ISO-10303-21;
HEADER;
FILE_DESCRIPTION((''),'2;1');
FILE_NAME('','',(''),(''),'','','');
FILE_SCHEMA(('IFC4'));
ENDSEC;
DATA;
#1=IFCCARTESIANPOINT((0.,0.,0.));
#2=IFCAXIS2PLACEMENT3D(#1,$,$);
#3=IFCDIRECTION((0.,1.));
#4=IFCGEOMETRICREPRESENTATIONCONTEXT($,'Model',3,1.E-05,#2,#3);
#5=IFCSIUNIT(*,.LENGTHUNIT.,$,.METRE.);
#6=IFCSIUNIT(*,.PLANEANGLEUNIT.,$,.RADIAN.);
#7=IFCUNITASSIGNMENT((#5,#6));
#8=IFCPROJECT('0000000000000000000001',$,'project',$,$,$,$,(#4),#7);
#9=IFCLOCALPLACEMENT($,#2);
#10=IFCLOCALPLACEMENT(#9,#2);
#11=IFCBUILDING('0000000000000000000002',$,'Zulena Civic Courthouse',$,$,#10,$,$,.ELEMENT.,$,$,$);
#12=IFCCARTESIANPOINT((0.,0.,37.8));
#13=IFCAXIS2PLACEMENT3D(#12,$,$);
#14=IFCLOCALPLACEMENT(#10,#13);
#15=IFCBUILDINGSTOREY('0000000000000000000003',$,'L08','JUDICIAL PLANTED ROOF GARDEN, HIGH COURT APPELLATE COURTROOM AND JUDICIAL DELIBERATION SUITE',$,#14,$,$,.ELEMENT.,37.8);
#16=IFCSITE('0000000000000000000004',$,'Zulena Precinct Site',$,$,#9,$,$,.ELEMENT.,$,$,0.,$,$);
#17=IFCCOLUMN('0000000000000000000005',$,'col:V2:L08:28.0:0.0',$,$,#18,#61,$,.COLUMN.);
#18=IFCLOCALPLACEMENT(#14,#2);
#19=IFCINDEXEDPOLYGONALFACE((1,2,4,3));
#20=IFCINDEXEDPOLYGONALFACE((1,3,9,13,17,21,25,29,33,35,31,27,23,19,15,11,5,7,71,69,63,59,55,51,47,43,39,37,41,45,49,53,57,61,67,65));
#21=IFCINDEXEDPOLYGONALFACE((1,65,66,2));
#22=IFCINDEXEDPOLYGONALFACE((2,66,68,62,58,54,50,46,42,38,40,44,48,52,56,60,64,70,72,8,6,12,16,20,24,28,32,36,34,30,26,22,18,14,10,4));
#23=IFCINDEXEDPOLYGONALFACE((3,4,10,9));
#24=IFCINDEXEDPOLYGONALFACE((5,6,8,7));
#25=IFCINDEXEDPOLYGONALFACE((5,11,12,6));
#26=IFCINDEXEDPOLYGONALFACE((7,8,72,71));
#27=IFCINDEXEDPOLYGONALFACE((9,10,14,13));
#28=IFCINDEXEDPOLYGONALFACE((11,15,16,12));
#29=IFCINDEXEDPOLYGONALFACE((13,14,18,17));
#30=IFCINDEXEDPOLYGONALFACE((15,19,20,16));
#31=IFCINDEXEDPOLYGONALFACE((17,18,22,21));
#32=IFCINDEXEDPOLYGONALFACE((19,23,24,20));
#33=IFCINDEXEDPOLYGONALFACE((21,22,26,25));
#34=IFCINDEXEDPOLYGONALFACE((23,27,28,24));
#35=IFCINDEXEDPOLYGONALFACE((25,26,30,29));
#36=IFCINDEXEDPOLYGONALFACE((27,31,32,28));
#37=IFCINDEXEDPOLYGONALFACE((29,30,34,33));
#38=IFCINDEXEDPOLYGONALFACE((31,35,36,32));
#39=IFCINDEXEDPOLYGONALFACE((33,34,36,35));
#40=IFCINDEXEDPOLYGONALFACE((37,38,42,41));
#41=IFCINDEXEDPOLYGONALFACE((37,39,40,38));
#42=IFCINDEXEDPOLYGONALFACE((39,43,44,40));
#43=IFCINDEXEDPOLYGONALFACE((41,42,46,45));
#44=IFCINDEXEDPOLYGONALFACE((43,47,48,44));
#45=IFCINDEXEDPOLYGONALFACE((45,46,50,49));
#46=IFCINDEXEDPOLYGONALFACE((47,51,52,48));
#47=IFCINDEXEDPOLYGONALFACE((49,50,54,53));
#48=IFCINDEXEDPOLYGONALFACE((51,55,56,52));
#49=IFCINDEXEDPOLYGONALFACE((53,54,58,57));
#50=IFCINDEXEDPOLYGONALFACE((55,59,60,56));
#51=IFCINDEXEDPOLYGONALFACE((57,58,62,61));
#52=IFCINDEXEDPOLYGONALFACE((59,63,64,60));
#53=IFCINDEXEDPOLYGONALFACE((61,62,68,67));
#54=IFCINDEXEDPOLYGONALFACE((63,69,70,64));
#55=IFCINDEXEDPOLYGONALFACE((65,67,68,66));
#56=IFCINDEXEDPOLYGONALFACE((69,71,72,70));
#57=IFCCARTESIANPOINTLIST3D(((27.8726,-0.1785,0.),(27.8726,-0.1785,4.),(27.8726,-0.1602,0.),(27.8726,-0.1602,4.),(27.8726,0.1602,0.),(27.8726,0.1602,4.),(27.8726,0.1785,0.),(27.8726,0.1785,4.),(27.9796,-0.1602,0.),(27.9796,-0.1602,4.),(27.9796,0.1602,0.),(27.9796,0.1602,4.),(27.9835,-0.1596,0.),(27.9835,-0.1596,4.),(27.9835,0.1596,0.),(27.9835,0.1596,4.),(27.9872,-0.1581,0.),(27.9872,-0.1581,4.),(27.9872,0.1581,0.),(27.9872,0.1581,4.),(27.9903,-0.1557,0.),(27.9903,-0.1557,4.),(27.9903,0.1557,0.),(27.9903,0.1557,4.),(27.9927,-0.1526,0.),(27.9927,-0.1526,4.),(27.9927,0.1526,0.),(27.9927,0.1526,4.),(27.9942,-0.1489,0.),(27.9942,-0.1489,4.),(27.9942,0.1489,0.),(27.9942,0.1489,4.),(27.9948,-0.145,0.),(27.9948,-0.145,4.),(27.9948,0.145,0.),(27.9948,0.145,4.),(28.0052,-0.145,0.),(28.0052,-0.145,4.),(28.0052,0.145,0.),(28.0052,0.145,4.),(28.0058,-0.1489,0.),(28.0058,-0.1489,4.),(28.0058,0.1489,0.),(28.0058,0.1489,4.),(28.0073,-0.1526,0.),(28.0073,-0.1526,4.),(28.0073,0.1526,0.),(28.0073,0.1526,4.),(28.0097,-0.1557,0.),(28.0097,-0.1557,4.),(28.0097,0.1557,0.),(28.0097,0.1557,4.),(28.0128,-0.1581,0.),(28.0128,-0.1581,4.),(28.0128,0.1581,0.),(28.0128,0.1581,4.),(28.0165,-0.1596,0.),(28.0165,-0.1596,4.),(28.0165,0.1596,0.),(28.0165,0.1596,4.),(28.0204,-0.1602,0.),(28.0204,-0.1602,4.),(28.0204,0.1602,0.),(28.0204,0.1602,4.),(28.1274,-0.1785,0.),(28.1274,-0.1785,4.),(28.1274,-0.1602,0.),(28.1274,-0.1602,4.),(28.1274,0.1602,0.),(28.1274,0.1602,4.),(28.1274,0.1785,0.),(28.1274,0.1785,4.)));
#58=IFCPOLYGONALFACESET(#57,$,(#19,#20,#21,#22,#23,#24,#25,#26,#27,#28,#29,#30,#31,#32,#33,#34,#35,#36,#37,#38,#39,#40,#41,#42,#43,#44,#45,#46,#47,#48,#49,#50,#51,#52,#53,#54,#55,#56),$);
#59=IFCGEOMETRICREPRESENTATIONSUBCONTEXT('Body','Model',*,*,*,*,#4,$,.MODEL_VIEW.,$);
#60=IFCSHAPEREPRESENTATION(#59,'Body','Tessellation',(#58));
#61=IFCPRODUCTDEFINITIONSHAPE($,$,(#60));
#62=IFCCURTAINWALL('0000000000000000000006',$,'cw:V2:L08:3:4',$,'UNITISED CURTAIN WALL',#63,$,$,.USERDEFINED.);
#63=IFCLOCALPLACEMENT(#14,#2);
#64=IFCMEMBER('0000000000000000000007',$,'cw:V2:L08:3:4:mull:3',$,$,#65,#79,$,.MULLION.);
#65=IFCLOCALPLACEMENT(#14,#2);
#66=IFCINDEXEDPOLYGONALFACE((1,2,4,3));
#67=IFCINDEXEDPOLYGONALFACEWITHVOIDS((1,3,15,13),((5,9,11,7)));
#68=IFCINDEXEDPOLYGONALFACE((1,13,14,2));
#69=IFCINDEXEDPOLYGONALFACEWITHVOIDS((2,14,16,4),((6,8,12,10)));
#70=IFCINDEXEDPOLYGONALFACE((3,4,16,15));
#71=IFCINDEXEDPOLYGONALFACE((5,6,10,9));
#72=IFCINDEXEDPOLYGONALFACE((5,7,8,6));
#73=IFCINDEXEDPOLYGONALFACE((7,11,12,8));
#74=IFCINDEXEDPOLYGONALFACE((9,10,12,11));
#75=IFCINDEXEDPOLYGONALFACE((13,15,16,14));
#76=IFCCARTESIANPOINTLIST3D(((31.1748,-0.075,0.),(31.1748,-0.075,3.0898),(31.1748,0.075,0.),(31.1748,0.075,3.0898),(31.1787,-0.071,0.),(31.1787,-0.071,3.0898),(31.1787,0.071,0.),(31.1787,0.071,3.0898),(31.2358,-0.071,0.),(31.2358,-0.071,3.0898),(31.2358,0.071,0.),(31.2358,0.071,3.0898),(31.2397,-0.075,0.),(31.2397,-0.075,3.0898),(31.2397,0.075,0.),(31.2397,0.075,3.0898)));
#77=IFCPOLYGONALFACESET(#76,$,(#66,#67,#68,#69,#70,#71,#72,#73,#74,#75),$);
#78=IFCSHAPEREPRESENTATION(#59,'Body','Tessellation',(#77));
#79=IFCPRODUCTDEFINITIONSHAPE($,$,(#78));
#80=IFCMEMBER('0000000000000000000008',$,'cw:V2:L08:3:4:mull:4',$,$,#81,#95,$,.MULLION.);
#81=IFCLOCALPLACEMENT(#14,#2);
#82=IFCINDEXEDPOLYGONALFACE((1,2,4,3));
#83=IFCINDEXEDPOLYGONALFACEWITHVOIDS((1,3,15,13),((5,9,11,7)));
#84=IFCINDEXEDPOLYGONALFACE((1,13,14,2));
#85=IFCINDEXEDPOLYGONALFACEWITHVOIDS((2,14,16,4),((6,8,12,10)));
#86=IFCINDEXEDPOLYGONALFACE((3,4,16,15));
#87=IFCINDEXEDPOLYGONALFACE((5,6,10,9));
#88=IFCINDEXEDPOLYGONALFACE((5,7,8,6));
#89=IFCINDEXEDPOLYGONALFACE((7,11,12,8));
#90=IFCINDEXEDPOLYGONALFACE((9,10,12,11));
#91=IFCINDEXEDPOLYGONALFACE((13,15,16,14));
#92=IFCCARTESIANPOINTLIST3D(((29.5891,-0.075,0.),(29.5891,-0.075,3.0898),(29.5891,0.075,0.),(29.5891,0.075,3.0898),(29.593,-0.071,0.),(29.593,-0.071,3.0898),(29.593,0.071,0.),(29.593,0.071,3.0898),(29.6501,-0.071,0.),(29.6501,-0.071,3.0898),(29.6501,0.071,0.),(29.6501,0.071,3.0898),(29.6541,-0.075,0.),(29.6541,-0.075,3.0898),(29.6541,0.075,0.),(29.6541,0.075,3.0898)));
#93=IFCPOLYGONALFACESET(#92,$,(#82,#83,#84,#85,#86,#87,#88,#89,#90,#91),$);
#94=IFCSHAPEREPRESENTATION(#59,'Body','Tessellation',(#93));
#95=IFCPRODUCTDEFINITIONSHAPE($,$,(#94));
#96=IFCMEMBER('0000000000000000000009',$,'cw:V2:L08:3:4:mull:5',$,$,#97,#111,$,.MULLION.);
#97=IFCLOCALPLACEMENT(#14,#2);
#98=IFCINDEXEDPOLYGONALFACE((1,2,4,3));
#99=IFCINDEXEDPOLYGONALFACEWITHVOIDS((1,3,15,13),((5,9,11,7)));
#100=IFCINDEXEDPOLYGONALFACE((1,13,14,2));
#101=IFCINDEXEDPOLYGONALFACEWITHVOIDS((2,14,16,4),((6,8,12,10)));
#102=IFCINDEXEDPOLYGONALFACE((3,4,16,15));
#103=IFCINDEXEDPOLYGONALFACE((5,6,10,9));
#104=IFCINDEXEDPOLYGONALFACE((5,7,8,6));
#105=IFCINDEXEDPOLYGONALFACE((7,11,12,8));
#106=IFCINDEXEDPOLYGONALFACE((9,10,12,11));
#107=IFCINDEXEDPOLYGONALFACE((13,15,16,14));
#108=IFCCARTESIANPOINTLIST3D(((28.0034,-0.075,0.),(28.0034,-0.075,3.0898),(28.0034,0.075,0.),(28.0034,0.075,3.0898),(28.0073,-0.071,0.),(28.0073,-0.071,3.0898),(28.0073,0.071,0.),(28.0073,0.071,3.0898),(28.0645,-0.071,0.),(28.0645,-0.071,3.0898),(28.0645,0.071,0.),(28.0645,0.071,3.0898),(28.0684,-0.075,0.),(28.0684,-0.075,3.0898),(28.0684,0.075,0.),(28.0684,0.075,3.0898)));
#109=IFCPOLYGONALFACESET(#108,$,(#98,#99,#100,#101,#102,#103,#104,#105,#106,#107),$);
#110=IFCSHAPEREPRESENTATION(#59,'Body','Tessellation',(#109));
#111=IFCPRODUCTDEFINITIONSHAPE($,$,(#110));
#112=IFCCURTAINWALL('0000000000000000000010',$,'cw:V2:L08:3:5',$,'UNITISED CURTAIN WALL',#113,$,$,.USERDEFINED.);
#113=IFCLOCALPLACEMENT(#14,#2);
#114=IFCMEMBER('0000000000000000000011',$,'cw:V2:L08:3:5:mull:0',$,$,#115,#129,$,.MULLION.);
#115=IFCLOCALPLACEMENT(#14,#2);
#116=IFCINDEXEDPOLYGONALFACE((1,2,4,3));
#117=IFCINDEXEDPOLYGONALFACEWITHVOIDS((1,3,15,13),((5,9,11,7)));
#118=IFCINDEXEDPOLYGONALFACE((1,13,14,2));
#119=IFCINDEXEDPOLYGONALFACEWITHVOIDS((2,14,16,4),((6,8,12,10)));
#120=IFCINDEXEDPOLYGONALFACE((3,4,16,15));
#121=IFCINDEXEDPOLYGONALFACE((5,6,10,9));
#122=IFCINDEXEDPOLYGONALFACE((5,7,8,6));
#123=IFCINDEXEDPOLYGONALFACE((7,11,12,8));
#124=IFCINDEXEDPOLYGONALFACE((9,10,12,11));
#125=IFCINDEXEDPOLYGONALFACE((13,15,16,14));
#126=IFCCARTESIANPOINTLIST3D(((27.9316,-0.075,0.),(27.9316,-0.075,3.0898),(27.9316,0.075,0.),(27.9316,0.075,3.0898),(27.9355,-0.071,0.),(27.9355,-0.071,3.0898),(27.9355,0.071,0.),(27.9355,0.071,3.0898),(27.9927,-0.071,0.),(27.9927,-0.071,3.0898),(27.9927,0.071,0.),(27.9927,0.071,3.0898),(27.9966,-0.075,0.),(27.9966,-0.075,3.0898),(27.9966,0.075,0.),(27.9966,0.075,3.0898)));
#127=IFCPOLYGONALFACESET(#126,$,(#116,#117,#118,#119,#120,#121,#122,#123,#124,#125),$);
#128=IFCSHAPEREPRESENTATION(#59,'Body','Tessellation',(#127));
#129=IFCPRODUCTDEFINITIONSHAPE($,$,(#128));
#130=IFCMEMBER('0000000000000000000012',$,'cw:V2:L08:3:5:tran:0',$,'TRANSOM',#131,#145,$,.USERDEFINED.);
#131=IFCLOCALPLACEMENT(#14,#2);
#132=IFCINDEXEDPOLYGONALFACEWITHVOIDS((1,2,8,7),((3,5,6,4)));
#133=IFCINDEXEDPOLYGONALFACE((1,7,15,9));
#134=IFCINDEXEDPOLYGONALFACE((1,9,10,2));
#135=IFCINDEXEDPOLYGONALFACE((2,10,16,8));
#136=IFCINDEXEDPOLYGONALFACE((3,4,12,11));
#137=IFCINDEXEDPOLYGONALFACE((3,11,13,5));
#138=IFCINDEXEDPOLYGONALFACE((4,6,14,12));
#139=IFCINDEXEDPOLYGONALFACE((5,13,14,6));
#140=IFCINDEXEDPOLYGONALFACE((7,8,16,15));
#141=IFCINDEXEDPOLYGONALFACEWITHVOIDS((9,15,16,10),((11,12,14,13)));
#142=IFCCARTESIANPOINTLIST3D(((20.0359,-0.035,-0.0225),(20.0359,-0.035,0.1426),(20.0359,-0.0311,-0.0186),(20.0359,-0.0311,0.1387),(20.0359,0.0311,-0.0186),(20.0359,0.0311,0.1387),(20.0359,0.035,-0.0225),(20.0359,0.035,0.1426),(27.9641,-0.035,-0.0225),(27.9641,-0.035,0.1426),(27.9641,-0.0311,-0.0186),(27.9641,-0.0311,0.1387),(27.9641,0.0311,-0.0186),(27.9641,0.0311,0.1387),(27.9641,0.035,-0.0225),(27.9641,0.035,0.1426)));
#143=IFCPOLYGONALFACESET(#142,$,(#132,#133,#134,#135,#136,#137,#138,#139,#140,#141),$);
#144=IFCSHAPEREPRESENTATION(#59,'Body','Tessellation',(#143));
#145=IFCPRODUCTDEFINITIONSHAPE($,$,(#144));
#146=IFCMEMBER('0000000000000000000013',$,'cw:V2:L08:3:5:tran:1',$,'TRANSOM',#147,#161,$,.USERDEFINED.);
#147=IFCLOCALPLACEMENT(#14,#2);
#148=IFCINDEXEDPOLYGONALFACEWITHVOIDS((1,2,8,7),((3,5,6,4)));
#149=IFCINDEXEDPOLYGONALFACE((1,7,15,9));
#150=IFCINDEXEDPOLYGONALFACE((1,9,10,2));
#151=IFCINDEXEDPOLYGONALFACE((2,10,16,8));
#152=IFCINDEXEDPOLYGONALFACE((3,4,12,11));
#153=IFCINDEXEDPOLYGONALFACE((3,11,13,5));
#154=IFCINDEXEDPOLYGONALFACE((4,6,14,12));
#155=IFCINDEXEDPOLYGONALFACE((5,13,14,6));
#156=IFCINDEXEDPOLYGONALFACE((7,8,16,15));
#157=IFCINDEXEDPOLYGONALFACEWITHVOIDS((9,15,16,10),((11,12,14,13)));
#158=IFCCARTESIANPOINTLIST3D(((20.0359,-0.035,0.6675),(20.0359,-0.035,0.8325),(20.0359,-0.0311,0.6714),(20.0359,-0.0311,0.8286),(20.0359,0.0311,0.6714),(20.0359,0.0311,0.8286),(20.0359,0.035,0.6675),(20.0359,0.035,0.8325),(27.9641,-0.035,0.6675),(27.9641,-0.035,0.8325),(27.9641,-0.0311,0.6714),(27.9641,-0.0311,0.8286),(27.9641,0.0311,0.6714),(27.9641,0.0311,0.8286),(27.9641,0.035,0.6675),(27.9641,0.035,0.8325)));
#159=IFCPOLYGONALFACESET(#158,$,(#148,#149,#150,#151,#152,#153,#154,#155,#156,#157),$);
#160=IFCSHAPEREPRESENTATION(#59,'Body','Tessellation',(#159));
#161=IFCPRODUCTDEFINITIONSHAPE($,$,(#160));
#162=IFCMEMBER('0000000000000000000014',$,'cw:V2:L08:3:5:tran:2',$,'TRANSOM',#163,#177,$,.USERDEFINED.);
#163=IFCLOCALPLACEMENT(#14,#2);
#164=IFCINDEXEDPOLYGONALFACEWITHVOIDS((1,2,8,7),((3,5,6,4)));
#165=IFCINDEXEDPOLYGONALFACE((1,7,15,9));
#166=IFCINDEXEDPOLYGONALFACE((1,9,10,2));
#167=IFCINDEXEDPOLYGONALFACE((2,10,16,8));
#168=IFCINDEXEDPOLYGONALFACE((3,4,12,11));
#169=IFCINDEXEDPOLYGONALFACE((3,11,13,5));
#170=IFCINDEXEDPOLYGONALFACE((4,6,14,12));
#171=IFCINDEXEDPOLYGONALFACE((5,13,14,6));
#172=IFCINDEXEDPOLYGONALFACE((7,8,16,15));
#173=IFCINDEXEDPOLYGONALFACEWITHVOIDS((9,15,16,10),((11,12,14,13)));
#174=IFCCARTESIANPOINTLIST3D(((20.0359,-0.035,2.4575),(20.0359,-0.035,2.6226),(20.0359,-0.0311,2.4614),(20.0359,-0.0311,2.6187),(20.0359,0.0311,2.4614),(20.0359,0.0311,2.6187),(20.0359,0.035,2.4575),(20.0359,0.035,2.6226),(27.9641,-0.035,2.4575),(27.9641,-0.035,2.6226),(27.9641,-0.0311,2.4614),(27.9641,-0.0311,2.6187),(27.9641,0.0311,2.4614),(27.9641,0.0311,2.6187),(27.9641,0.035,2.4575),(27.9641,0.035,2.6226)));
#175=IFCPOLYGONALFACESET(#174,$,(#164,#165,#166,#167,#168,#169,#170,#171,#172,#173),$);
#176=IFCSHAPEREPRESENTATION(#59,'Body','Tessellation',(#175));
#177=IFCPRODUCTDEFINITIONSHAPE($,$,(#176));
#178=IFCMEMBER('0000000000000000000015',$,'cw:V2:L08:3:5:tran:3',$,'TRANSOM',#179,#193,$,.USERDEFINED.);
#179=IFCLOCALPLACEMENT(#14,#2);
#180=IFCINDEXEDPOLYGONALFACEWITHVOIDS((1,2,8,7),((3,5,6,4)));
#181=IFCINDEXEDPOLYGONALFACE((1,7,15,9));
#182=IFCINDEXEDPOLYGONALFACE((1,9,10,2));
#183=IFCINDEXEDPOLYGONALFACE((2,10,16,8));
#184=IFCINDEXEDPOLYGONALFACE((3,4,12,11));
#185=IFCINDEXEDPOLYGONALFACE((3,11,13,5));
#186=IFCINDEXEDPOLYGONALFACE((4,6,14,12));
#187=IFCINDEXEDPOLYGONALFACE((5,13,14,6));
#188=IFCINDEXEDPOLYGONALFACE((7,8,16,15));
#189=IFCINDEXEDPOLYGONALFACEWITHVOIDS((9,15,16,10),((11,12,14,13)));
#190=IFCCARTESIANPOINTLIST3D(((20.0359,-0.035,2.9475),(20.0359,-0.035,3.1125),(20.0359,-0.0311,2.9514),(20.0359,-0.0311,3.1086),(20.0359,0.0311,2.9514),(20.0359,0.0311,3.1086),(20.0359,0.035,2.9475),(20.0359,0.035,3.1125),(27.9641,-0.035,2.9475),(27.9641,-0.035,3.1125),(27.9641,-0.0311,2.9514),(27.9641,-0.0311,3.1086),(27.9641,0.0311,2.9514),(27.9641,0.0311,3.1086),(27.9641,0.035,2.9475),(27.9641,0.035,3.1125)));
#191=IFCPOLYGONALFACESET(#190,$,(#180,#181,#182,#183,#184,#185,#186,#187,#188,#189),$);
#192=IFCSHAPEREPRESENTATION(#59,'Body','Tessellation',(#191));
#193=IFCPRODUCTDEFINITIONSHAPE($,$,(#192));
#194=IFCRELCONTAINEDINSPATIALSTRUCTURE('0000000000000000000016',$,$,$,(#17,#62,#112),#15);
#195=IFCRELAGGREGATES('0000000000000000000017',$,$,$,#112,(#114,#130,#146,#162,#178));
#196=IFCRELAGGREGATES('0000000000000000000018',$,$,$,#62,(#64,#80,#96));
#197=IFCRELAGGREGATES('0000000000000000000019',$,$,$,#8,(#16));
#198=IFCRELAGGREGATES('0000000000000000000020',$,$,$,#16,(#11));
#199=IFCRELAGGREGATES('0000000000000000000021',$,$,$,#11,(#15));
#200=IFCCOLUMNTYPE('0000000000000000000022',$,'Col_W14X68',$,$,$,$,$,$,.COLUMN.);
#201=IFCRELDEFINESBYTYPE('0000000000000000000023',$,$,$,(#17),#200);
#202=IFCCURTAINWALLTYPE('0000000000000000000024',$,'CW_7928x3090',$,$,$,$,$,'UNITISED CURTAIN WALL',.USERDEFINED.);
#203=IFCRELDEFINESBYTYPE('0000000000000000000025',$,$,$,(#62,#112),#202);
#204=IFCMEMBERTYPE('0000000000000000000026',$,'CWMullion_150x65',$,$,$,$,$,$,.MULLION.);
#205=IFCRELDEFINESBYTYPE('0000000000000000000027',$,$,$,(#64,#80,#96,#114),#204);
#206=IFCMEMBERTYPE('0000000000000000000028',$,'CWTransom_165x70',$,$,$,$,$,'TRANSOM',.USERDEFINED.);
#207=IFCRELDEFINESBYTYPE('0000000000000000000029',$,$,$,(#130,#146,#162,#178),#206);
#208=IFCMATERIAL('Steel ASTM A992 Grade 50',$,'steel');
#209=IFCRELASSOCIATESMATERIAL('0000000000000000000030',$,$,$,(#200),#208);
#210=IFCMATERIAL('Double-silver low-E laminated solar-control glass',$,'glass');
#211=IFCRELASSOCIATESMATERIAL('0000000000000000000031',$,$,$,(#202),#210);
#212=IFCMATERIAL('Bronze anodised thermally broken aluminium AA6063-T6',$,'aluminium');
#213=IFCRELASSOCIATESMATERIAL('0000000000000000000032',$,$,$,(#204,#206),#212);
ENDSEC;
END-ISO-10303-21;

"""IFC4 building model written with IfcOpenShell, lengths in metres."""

from ifc_helpers import new_model, si_unit, direction, frame, origin, origin_2d, place, context, subcontext, project, spatial, hollow_rectangle, i_section, extrude, material, material_profile, profile_set, type_object, element, aggregate, save


model = new_model("IFC4")

# Units and contexts
model_context = context("Model", 3, precision=1e-05, world=origin(), true_north=direction((0.0, 1.0)))
body_context = subcontext(model_context, "Body", "Model", "MODEL_VIEW")
ifc_project = project(units=[si_unit("LENGTHUNIT", "METRE"), si_unit("PLANEANGLEUNIT", "RADIAN")], contexts=[model_context])

# Site, building, storey
site_placement = place(None, origin())
site = spatial("IfcSite", under=ifc_project, at=site_placement, Name="Zulena Precinct Site", CompositionType="ELEMENT", RefElevation=0.0)
building_placement = place(site_placement, origin())
building = spatial("IfcBuilding", under=site, at=building_placement, Name="Zulena Civic Courthouse", CompositionType="ELEMENT")
storey_placement = place(building_placement, frame((0.0, 0.0, 37.8)))
storey = spatial("IfcBuildingStorey", under=building, at=storey_placement, Name="L08", Description="JUDICIAL PLANTED ROOF GARDEN, HIGH COURT APPELLATE COURTROOM AND JUDICIAL DELIBERATION SUITE", CompositionType="ELEMENT", Elevation=37.8)

# Column
ifc_material_1 = material(Name="Steel ASTM A992 Grade 50", Category="steel")
ifc_material_profile_1 = material_profile(ifc_material_1, i_section(OverallWidth=0.2549, OverallDepth=0.3569, WebThickness=0.0105, FlangeThickness=0.0183, FilletRadius=0.0151, at=origin_2d()), Name="W14X68")
ifc_profile_set_1 = profile_set([ifc_material_profile_1], Name="Steel ASTM A992 Grade 50")
column_type = type_object("IfcColumnType", Name="Col_W14X68", PredefinedType="COLUMN", material=ifc_profile_set_1)
column_placement = place(storey_placement, frame((28.0, 0.0, 0.0), z_axis=(0.0, 0.0, 1.0), x_axis=(1.0, 0.0, 0.0)))
element("IfcColumn", 1, at=column_placement, inside=storey, type_object=column_type, Name="col:V2:L08:28.0:0.0", PredefinedType="COLUMN", context=body_context, shape_type="SweptSolid", body=[
    extrude(i_section(OverallWidth=0.2549, OverallDepth=0.3569, WebThickness=0.0105, FlangeThickness=0.0183, FilletRadius=0.0151, at=origin_2d()), origin(), (0.0, 0.0, 1.0), 4.0),
])

# Curtain walls, members
ifc_material_2 = material(Name="Double-silver low-E laminated solar-control glass", Category="glass")
curtain_wall_type = type_object("IfcCurtainWallType", Name="CW_7928x3090", ElementType="UNITISED CURTAIN WALL", PredefinedType="USERDEFINED", material=ifc_material_2)
curtain_wall_1_placement = place(storey_placement, origin())
curtain_wall_1 = element("IfcCurtainWall", 2, at=curtain_wall_1_placement, inside=storey, type_object=curtain_wall_type, Name="cw:V2:L08:3:4", ObjectType="UNITISED CURTAIN WALL", PredefinedType="USERDEFINED")
ifc_material_3 = material(Name="Bronze anodised thermally broken aluminium AA6063-T6", Category="aluminium")
ifc_material_profile_2 = material_profile(ifc_material_3, hollow_rectangle(XDim=0.0649, YDim=0.1499, WallThickness=0.0039, at=origin_2d()), Name="CWM150X65X4")
ifc_profile_set_2 = profile_set([ifc_material_profile_2], Name="Bronze anodised thermally broken aluminium AA6063-T6")
member_type_1 = type_object("IfcMemberType", Name="CWMullion_150x65", PredefinedType="MULLION", material=ifc_profile_set_2)
member_1_placement = place(storey_placement, frame((31.2073, 0.0, 0.0), z_axis=(0.0, 0.0, 1.0), x_axis=(1.0, 0.0, 0.0)))
member_1 = element("IfcMember", 3, at=member_1_placement, type_object=member_type_1, Name="cw:V2:L08:3:4:mull:3", PredefinedType="MULLION", context=body_context, shape_type="SweptSolid", body=[
    extrude(hollow_rectangle(XDim=0.0649, YDim=0.1499, WallThickness=0.0039, at=origin_2d()), origin(), (0.0, 0.0, 1.0), 3.0898),
])
member_2_placement = place(storey_placement, frame((29.6216, 0.0, 0.0), z_axis=(0.0, 0.0, 1.0), x_axis=(1.0, 0.0, 0.0)))
member_2 = element("IfcMember", 4, at=member_2_placement, type_object=member_type_1, Name="cw:V2:L08:3:4:mull:4", PredefinedType="MULLION", context=body_context, shape_type="SweptSolid", body=[
    extrude(hollow_rectangle(XDim=0.0649, YDim=0.1499, WallThickness=0.0039, at=origin_2d()), origin(), (0.0, 0.0, 1.0), 3.0898),
])
member_3_placement = place(storey_placement, frame((28.0359, 0.0, 0.0), z_axis=(0.0, 0.0, 1.0), x_axis=(1.0, 0.0, 0.0)))
member_3 = element("IfcMember", 5, at=member_3_placement, type_object=member_type_1, Name="cw:V2:L08:3:4:mull:5", PredefinedType="MULLION", context=body_context, shape_type="SweptSolid", body=[
    extrude(hollow_rectangle(XDim=0.0649, YDim=0.1499, WallThickness=0.0039, at=origin_2d()), origin(), (0.0, 0.0, 1.0), 3.0898),
])
curtain_wall_2_placement = place(storey_placement, origin())
curtain_wall_2 = element("IfcCurtainWall", 6, at=curtain_wall_2_placement, inside=storey, type_object=curtain_wall_type, Name="cw:V2:L08:3:5", ObjectType="UNITISED CURTAIN WALL", PredefinedType="USERDEFINED")
member_4_placement = place(storey_placement, frame((27.9641, 0.0, 0.0), z_axis=(0.0, 0.0, 1.0), x_axis=(1.0, 0.0, 0.0)))
member_4 = element("IfcMember", 7, at=member_4_placement, type_object=member_type_1, Name="cw:V2:L08:3:5:mull:0", PredefinedType="MULLION", context=body_context, shape_type="SweptSolid", body=[
    extrude(hollow_rectangle(XDim=0.0649, YDim=0.1499, WallThickness=0.0039, at=origin_2d()), origin(), (0.0, 0.0, 1.0), 3.0898),
])
ifc_material_profile_3 = material_profile(ifc_material_3, hollow_rectangle(XDim=0.0701, YDim=0.165, WallThickness=0.0039, at=origin_2d()), Name="CWT165X70X4")
ifc_profile_set_3 = profile_set([ifc_material_profile_3], Name="Bronze anodised thermally broken aluminium AA6063-T6")
member_type_2 = type_object("IfcMemberType", Name="CWTransom_165x70", ElementType="TRANSOM", PredefinedType="USERDEFINED", material=ifc_profile_set_3)
member_5_placement = place(storey_placement, frame((27.9641, 0.0, 0.0601), z_axis=(-1.0, 0.0, 0.0), x_axis=(0.0, -1.0, 0.0)))
member_5 = element("IfcMember", 8, at=member_5_placement, type_object=member_type_2, Name="cw:V2:L08:3:5:tran:0", ObjectType="TRANSOM", PredefinedType="USERDEFINED", context=body_context, shape_type="SweptSolid", body=[
    extrude(hollow_rectangle(XDim=0.0701, YDim=0.165, WallThickness=0.0039, at=origin_2d()), origin(), (0.0, 0.0, 1.0), 7.9282),
])
member_6_placement = place(storey_placement, frame((27.9641, 0.0, 0.75), z_axis=(-1.0, 0.0, 0.0), x_axis=(0.0, -1.0, 0.0)))
member_6 = element("IfcMember", 9, at=member_6_placement, type_object=member_type_2, Name="cw:V2:L08:3:5:tran:1", ObjectType="TRANSOM", PredefinedType="USERDEFINED", context=body_context, shape_type="SweptSolid", body=[
    extrude(hollow_rectangle(XDim=0.0701, YDim=0.165, WallThickness=0.0039, at=origin_2d()), origin(), (0.0, 0.0, 1.0), 7.9282),
])
member_7_placement = place(storey_placement, frame((27.9641, 0.0, 2.54), z_axis=(-1.0, 0.0, 0.0), x_axis=(0.0, -1.0, 0.0)))
member_7 = element("IfcMember", 10, at=member_7_placement, type_object=member_type_2, Name="cw:V2:L08:3:5:tran:2", ObjectType="TRANSOM", PredefinedType="USERDEFINED", context=body_context, shape_type="SweptSolid", body=[
    extrude(hollow_rectangle(XDim=0.0701, YDim=0.165, WallThickness=0.0039, at=origin_2d()), origin(), (0.0, 0.0, 1.0), 7.9282),
])
member_8_placement = place(storey_placement, frame((27.9641, 0.0, 3.03), z_axis=(-1.0, 0.0, 0.0), x_axis=(0.0, -1.0, 0.0)))
member_8 = element("IfcMember", 11, at=member_8_placement, type_object=member_type_2, Name="cw:V2:L08:3:5:tran:3", ObjectType="TRANSOM", PredefinedType="USERDEFINED", context=body_context, shape_type="SweptSolid", body=[
    extrude(hollow_rectangle(XDim=0.0701, YDim=0.165, WallThickness=0.0039, at=origin_2d()), origin(), (0.0, 0.0, 1.0), 7.9282),
])

aggregate(curtain_wall_2, [member_4, member_5, member_6, member_7, member_8])
aggregate(curtain_wall_1, [member_1, member_2, member_3])

save(model, "model.ifc")
